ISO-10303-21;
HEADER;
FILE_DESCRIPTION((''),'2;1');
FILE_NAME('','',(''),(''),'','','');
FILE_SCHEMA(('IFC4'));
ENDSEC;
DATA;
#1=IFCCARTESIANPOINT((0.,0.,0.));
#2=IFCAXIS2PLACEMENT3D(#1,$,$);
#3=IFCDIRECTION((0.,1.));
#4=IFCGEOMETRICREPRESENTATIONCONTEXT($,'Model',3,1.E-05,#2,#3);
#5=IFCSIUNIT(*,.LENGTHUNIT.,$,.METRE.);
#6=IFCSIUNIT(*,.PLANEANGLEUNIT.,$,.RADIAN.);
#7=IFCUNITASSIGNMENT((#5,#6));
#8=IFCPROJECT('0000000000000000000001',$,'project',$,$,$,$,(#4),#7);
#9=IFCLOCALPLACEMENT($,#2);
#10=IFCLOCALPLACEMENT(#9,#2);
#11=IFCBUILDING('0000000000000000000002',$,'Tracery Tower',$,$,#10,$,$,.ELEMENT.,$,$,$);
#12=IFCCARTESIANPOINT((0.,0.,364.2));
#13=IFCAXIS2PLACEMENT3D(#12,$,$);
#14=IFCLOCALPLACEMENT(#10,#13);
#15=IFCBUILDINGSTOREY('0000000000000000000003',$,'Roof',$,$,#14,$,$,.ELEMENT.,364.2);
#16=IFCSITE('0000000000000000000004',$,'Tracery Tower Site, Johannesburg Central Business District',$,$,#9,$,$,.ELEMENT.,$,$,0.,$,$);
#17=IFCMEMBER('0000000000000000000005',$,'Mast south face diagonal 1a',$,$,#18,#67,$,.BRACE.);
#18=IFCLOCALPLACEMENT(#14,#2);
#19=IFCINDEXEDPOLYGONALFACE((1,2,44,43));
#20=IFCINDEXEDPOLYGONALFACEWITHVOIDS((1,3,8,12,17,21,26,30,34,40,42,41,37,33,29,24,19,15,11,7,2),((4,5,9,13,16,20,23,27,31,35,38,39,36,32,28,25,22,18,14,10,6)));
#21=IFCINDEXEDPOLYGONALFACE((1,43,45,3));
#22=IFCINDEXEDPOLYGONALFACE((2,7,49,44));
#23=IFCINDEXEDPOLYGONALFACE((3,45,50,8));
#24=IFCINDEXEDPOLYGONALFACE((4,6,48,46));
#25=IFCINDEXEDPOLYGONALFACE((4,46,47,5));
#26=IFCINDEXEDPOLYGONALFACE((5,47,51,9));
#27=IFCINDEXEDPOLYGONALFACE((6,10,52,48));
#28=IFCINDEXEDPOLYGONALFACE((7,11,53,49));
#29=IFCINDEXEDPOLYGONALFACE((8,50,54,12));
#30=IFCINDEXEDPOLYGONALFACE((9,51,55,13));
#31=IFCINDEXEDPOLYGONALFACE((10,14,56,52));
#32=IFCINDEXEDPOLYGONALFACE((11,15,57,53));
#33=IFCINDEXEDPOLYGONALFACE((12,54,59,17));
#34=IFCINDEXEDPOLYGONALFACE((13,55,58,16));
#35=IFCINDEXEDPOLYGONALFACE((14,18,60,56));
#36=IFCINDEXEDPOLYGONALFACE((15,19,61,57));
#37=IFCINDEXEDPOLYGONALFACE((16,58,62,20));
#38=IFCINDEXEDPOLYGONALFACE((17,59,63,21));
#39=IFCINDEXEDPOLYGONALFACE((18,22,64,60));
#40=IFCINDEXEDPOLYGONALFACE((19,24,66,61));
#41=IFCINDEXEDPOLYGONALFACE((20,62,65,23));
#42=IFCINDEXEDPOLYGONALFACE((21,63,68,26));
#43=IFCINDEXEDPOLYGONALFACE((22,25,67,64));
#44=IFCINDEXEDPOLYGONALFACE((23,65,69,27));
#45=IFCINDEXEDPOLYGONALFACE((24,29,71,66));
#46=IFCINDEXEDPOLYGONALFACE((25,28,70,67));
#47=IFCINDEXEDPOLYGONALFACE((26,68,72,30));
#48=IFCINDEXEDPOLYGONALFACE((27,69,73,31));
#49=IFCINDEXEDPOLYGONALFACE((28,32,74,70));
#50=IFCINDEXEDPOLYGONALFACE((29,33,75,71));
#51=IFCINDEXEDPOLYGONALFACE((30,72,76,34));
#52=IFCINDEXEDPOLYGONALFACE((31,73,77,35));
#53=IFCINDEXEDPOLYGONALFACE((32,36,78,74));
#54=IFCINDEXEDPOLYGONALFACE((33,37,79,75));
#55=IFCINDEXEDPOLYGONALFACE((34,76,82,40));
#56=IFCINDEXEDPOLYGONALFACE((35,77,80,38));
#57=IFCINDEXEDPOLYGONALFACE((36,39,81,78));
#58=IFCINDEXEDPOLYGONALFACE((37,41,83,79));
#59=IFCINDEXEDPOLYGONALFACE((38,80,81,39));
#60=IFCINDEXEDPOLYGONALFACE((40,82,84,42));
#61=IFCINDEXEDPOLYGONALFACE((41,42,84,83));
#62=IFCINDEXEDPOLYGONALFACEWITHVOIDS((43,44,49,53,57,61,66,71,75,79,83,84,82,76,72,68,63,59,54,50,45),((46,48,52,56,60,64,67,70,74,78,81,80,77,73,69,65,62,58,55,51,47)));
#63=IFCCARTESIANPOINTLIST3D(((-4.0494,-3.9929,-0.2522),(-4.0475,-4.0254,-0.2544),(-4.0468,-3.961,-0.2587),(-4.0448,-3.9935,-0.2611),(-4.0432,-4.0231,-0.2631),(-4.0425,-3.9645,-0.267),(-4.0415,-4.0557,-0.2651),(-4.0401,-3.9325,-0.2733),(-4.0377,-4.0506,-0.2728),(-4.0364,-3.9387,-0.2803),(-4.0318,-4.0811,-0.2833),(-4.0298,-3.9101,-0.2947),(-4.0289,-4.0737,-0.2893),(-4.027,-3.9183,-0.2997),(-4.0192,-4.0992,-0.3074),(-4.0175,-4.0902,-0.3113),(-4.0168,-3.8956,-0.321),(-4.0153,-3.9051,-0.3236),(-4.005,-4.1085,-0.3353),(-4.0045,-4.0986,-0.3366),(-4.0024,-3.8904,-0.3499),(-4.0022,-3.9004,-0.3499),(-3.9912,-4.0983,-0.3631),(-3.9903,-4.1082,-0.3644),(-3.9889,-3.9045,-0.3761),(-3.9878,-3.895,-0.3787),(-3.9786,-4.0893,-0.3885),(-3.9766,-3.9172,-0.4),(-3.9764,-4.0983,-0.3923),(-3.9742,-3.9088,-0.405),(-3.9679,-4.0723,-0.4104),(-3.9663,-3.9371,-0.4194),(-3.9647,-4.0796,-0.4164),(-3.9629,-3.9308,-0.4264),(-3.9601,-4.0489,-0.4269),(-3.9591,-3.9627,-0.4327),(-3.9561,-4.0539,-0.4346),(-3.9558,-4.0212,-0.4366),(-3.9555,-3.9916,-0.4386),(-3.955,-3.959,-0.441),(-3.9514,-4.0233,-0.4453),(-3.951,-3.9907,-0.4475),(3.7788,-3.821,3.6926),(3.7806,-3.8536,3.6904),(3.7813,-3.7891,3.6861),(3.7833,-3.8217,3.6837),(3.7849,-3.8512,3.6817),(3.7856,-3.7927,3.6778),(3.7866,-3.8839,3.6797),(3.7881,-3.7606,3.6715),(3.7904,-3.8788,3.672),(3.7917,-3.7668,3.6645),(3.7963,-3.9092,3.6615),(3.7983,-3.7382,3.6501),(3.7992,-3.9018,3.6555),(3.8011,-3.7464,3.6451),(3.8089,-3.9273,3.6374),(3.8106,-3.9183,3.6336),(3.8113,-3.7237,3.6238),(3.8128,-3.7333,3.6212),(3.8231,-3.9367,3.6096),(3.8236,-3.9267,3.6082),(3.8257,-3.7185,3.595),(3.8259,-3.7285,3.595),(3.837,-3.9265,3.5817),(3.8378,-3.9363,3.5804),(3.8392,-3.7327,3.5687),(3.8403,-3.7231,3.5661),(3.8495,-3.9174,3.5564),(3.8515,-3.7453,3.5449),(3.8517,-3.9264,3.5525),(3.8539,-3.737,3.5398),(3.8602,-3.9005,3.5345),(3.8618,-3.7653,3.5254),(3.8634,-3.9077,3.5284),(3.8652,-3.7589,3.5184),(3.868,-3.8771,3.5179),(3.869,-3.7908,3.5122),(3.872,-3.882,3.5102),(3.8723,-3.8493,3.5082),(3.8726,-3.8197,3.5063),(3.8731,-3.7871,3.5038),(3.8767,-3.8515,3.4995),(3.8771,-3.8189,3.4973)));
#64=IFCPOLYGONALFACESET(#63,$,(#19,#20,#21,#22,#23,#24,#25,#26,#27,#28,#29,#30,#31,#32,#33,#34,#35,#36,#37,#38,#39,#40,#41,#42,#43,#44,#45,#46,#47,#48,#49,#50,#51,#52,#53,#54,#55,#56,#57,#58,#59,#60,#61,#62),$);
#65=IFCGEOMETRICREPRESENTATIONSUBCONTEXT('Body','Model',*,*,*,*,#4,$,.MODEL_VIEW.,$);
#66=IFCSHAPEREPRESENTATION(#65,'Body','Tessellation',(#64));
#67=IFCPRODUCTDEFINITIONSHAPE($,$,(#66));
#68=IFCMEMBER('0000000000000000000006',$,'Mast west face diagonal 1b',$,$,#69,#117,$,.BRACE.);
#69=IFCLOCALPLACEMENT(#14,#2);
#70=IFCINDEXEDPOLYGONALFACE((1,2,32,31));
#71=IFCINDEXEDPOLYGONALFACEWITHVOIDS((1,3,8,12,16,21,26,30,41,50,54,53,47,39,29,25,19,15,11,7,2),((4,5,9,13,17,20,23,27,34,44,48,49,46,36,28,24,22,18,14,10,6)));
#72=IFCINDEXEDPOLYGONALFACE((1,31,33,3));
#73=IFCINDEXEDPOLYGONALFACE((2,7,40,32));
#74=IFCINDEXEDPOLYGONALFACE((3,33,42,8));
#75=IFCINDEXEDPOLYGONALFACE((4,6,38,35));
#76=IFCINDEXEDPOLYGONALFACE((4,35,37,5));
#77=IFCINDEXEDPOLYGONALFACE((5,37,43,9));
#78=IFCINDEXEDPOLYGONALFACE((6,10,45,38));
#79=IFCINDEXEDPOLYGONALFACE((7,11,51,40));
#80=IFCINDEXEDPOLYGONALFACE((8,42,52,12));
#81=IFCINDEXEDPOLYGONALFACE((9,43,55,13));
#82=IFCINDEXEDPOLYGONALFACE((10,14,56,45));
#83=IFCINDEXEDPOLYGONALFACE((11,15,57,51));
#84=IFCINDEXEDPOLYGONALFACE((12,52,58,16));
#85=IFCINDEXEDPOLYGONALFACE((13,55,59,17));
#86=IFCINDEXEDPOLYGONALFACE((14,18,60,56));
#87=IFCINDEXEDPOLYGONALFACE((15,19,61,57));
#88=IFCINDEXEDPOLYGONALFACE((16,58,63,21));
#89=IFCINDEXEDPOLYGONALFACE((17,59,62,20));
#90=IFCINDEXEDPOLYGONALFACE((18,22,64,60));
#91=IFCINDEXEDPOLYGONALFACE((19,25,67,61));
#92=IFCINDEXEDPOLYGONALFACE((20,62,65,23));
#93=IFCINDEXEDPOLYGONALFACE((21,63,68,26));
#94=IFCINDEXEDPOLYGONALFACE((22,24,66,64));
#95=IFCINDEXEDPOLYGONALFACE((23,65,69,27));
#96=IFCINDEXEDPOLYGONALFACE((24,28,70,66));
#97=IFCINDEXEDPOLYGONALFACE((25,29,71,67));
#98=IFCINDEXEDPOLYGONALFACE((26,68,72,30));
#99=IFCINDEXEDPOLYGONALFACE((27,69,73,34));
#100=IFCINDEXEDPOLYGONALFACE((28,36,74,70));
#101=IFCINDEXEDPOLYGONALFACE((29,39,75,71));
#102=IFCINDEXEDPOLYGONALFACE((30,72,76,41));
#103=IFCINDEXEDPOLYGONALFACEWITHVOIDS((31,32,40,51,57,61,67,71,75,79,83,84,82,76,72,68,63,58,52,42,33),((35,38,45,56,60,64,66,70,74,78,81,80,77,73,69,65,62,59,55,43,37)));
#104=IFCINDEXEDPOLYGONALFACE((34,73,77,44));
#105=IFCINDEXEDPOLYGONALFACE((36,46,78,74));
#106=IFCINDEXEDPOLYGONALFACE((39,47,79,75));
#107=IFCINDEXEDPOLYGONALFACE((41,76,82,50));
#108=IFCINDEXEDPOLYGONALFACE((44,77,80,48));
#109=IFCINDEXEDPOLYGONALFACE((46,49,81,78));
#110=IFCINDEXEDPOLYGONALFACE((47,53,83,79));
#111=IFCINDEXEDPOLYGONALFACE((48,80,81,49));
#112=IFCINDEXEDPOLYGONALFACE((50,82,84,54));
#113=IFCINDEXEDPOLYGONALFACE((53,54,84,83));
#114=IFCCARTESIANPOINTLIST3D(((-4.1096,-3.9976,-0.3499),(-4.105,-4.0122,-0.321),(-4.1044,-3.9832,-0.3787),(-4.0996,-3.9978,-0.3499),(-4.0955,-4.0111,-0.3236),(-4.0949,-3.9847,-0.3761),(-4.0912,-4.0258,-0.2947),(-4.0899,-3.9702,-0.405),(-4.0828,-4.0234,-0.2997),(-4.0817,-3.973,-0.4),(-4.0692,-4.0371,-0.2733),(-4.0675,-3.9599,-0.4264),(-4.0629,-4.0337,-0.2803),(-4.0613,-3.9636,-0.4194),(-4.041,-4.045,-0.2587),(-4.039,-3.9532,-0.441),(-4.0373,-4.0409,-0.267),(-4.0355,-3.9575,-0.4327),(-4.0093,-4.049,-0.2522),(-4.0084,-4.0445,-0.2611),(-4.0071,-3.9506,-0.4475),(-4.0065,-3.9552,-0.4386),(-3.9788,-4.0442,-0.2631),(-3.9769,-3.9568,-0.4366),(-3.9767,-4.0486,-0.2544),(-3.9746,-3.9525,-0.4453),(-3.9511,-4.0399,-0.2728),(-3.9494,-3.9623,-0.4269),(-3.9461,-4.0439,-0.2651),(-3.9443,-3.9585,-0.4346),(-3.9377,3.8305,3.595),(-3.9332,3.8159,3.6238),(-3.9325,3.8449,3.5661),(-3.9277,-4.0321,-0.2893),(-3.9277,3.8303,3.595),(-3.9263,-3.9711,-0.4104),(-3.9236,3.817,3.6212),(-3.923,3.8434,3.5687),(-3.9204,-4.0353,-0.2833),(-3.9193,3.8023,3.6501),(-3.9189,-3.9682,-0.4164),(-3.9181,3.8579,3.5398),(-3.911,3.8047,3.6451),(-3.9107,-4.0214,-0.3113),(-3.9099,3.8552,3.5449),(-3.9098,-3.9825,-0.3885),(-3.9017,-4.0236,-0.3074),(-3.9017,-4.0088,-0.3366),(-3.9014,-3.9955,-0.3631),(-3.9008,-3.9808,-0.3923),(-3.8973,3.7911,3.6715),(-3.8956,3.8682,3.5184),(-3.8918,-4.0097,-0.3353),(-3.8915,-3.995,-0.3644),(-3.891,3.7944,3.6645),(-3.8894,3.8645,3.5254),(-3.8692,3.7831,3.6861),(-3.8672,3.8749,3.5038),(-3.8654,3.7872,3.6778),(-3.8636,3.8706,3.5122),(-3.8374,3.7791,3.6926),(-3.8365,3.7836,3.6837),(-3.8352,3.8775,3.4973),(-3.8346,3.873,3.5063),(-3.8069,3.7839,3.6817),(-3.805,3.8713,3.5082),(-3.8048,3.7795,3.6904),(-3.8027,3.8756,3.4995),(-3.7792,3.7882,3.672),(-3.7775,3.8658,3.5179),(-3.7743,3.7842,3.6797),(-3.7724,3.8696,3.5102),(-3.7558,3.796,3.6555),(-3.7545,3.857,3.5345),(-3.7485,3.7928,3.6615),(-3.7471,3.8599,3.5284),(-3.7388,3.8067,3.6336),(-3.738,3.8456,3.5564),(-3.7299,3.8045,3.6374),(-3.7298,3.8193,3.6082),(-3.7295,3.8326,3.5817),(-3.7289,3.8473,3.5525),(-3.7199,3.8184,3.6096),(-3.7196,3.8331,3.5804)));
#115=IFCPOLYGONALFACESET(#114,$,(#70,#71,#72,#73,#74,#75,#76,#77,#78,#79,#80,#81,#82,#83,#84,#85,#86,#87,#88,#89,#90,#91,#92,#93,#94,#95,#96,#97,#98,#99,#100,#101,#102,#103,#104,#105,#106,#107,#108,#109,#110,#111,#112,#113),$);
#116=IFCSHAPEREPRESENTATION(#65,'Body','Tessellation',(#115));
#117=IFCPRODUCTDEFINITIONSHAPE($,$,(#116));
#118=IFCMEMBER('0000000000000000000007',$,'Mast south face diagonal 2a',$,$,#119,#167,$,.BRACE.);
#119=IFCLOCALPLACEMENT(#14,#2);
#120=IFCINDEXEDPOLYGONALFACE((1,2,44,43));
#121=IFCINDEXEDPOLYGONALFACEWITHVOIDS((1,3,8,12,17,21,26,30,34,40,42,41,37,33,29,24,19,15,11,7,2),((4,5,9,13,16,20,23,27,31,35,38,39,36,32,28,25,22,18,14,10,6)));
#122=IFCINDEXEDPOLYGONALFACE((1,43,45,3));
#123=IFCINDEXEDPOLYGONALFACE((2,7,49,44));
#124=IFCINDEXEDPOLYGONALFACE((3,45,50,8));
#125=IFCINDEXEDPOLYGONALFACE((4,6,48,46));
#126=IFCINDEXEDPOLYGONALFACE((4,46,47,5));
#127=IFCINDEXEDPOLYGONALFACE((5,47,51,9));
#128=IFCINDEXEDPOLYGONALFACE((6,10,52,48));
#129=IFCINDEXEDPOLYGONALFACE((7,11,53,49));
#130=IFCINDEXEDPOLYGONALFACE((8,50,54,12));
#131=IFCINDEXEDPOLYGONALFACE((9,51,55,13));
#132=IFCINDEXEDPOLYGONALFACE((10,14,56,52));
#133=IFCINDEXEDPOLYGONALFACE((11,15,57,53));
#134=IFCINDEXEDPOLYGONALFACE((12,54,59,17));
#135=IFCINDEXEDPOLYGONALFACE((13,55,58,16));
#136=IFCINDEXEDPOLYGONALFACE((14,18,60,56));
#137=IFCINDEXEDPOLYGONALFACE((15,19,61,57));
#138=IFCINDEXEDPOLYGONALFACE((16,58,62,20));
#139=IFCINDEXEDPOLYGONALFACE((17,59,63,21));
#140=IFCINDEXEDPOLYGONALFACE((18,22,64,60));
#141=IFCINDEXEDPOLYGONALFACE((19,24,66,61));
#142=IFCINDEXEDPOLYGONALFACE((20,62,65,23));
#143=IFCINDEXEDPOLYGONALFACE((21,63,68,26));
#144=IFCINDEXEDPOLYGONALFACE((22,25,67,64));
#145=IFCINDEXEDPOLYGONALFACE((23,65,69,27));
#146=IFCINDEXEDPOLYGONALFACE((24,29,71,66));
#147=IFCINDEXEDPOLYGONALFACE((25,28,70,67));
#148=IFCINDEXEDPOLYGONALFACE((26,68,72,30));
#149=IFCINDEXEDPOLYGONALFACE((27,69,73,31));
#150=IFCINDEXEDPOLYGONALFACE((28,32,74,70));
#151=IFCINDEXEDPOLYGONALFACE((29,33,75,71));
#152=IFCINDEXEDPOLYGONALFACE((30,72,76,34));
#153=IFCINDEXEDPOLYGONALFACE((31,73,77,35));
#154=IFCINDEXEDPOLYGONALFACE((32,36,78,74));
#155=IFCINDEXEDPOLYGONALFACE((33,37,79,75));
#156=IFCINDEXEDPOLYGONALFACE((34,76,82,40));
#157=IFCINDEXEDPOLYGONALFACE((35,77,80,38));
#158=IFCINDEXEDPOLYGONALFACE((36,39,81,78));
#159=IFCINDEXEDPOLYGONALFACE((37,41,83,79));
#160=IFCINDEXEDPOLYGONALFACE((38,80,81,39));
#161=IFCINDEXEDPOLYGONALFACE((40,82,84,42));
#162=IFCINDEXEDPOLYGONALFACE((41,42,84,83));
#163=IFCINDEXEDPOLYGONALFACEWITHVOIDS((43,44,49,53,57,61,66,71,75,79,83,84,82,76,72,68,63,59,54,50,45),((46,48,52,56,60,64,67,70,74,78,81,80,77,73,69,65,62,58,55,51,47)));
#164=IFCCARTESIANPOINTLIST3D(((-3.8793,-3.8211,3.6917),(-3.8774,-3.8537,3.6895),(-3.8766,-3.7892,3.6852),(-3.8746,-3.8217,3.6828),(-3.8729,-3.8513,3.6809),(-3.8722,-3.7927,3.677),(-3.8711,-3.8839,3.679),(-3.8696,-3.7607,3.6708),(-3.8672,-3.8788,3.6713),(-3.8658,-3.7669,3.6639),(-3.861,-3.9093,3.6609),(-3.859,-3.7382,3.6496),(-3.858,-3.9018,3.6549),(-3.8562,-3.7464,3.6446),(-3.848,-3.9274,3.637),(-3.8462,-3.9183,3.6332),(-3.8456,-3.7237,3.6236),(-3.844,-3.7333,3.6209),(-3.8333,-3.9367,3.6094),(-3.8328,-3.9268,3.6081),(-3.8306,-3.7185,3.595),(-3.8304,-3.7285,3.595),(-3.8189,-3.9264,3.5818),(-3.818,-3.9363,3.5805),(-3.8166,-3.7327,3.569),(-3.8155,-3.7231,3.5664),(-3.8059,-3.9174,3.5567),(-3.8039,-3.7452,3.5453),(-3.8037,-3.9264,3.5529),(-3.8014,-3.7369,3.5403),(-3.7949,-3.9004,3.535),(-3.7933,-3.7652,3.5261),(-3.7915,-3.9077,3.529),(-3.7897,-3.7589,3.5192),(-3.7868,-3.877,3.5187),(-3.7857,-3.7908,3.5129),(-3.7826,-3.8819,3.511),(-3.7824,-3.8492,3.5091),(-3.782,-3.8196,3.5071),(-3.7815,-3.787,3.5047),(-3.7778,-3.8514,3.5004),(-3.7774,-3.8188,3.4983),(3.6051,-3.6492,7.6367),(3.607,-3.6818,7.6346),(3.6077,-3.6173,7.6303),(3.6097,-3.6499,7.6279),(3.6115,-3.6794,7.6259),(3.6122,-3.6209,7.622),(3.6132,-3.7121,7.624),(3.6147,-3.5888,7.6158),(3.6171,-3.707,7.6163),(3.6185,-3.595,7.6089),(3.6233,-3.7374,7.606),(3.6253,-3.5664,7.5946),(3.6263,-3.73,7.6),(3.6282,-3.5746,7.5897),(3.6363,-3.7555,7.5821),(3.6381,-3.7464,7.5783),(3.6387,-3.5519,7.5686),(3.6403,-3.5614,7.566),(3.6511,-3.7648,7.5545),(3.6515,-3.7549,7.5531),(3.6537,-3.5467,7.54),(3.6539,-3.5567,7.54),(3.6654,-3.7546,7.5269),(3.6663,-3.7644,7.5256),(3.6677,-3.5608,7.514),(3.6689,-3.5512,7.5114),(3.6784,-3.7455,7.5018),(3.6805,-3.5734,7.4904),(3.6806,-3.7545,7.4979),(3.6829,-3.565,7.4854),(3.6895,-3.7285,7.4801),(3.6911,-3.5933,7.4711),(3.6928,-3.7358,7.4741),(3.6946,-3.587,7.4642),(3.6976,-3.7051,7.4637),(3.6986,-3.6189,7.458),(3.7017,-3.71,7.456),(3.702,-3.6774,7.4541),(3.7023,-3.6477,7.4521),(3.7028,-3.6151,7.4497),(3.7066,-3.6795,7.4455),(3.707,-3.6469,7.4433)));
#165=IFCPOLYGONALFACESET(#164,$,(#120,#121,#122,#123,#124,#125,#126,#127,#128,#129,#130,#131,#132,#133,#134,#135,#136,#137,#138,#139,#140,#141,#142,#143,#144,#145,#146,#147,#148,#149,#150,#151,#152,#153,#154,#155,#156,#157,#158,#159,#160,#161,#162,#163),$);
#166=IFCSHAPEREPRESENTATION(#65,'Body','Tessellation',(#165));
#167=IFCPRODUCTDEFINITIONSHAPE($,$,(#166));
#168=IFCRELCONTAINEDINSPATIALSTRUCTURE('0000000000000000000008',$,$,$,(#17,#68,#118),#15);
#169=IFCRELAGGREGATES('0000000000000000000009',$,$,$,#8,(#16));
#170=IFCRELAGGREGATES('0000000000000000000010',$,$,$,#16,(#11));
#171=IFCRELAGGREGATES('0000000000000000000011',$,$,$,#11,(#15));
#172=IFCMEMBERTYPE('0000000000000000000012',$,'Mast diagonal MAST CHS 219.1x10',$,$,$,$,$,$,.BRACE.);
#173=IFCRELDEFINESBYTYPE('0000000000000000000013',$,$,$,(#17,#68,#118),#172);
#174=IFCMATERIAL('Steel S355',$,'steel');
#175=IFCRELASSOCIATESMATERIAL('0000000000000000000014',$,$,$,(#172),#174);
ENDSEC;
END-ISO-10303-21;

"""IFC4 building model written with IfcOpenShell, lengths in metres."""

from ifc_helpers import new_model, si_unit, direction, frame, origin, origin_2d, place, context, subcontext, project, spatial, hollow_circle, extrude, material, material_profile, profile_set, type_object, element, save


model = new_model("IFC4")

# Units and contexts
model_context = context("Model", 3, precision=1e-05, world=origin(), true_north=direction((0.0, 1.0)))
body_context = subcontext(model_context, "Body", "Model", "MODEL_VIEW")
ifc_project = project(units=[si_unit("LENGTHUNIT", "METRE"), si_unit("PLANEANGLEUNIT", "RADIAN")], contexts=[model_context])

# Site, building, storey
site_placement = place(None, origin())
site = spatial("IfcSite", under=ifc_project, at=site_placement, Name="Tracery Tower Site, Johannesburg Central Business District", CompositionType="ELEMENT", RefElevation=0.0)
building_placement = place(site_placement, origin())
building = spatial("IfcBuilding", under=site, at=building_placement, Name="Tracery Tower", CompositionType="ELEMENT")
storey_placement = place(building_placement, frame((0.0, 0.0, 364.2)))
storey = spatial("IfcBuildingStorey", under=building, at=storey_placement, Name="Roof", CompositionType="ELEMENT", Elevation=364.2)

# Members
ifc_material_1 = material(Name="Steel S355", Category="steel")
ifc_material_profile_1 = material_profile(ifc_material_1, hollow_circle(Radius=0.1096, WallThickness=0.01, at=origin_2d()), Name="CHS 219.1x10")
ifc_profile_set_1 = profile_set([ifc_material_profile_1], Name="Steel S355")
member_type_1 = type_object("IfcMemberType", Name="Mast diagonal MAST CHS 219.1x10", PredefinedType="BRACE", material=ifc_profile_set_1)
for number, where, z_axis, x_axis, name in (
    (1, (-4.0, -4.0, -0.3499), (0.892847, 0.019603, 0.449932), (-0.021951, 0.999759, 0.0), "Mast south face diagonal 1a"),
    (2, (-4.0, -4.0, -0.3499), (0.019603, 0.892847, 0.449932), (-0.999759, 0.021951, 0.0), "Mast west face diagonal 1b"),
):
    element("IfcMember", number, at=place(storey_placement, frame(where, z_axis=z_axis, x_axis=x_axis)), inside=storey, type_object=member_type_1, Name=name, PredefinedType="BRACE", context=body_context, shape_type="SweptSolid", body=[
        extrude(hollow_circle(Radius=0.1096, WallThickness=0.01, at=origin_2d()), origin(), (0.0, 0.0, 1.0), 8.7676),
    ])
for number, where, z_axis, x_axis, name in (
    (3, (-3.8281, -3.8281, 3.595), (0.884447, 0.020311, 0.466198), (-0.022958, 0.999736, 0.0), "Mast south face diagonal 2a"),
):
    element("IfcMember", number, at=place(storey_placement, frame(where, z_axis=z_axis, x_axis=x_axis)), inside=storey, type_object=member_type_1, Name=name, PredefinedType="BRACE", context=body_context, shape_type="SweptSolid", body=[
        extrude(hollow_circle(Radius=0.1096, WallThickness=0.01, at=origin_2d()), origin(), (0.0, 0.0, 1.0), 8.4622),
    ])

save(model, "model.ifc")
